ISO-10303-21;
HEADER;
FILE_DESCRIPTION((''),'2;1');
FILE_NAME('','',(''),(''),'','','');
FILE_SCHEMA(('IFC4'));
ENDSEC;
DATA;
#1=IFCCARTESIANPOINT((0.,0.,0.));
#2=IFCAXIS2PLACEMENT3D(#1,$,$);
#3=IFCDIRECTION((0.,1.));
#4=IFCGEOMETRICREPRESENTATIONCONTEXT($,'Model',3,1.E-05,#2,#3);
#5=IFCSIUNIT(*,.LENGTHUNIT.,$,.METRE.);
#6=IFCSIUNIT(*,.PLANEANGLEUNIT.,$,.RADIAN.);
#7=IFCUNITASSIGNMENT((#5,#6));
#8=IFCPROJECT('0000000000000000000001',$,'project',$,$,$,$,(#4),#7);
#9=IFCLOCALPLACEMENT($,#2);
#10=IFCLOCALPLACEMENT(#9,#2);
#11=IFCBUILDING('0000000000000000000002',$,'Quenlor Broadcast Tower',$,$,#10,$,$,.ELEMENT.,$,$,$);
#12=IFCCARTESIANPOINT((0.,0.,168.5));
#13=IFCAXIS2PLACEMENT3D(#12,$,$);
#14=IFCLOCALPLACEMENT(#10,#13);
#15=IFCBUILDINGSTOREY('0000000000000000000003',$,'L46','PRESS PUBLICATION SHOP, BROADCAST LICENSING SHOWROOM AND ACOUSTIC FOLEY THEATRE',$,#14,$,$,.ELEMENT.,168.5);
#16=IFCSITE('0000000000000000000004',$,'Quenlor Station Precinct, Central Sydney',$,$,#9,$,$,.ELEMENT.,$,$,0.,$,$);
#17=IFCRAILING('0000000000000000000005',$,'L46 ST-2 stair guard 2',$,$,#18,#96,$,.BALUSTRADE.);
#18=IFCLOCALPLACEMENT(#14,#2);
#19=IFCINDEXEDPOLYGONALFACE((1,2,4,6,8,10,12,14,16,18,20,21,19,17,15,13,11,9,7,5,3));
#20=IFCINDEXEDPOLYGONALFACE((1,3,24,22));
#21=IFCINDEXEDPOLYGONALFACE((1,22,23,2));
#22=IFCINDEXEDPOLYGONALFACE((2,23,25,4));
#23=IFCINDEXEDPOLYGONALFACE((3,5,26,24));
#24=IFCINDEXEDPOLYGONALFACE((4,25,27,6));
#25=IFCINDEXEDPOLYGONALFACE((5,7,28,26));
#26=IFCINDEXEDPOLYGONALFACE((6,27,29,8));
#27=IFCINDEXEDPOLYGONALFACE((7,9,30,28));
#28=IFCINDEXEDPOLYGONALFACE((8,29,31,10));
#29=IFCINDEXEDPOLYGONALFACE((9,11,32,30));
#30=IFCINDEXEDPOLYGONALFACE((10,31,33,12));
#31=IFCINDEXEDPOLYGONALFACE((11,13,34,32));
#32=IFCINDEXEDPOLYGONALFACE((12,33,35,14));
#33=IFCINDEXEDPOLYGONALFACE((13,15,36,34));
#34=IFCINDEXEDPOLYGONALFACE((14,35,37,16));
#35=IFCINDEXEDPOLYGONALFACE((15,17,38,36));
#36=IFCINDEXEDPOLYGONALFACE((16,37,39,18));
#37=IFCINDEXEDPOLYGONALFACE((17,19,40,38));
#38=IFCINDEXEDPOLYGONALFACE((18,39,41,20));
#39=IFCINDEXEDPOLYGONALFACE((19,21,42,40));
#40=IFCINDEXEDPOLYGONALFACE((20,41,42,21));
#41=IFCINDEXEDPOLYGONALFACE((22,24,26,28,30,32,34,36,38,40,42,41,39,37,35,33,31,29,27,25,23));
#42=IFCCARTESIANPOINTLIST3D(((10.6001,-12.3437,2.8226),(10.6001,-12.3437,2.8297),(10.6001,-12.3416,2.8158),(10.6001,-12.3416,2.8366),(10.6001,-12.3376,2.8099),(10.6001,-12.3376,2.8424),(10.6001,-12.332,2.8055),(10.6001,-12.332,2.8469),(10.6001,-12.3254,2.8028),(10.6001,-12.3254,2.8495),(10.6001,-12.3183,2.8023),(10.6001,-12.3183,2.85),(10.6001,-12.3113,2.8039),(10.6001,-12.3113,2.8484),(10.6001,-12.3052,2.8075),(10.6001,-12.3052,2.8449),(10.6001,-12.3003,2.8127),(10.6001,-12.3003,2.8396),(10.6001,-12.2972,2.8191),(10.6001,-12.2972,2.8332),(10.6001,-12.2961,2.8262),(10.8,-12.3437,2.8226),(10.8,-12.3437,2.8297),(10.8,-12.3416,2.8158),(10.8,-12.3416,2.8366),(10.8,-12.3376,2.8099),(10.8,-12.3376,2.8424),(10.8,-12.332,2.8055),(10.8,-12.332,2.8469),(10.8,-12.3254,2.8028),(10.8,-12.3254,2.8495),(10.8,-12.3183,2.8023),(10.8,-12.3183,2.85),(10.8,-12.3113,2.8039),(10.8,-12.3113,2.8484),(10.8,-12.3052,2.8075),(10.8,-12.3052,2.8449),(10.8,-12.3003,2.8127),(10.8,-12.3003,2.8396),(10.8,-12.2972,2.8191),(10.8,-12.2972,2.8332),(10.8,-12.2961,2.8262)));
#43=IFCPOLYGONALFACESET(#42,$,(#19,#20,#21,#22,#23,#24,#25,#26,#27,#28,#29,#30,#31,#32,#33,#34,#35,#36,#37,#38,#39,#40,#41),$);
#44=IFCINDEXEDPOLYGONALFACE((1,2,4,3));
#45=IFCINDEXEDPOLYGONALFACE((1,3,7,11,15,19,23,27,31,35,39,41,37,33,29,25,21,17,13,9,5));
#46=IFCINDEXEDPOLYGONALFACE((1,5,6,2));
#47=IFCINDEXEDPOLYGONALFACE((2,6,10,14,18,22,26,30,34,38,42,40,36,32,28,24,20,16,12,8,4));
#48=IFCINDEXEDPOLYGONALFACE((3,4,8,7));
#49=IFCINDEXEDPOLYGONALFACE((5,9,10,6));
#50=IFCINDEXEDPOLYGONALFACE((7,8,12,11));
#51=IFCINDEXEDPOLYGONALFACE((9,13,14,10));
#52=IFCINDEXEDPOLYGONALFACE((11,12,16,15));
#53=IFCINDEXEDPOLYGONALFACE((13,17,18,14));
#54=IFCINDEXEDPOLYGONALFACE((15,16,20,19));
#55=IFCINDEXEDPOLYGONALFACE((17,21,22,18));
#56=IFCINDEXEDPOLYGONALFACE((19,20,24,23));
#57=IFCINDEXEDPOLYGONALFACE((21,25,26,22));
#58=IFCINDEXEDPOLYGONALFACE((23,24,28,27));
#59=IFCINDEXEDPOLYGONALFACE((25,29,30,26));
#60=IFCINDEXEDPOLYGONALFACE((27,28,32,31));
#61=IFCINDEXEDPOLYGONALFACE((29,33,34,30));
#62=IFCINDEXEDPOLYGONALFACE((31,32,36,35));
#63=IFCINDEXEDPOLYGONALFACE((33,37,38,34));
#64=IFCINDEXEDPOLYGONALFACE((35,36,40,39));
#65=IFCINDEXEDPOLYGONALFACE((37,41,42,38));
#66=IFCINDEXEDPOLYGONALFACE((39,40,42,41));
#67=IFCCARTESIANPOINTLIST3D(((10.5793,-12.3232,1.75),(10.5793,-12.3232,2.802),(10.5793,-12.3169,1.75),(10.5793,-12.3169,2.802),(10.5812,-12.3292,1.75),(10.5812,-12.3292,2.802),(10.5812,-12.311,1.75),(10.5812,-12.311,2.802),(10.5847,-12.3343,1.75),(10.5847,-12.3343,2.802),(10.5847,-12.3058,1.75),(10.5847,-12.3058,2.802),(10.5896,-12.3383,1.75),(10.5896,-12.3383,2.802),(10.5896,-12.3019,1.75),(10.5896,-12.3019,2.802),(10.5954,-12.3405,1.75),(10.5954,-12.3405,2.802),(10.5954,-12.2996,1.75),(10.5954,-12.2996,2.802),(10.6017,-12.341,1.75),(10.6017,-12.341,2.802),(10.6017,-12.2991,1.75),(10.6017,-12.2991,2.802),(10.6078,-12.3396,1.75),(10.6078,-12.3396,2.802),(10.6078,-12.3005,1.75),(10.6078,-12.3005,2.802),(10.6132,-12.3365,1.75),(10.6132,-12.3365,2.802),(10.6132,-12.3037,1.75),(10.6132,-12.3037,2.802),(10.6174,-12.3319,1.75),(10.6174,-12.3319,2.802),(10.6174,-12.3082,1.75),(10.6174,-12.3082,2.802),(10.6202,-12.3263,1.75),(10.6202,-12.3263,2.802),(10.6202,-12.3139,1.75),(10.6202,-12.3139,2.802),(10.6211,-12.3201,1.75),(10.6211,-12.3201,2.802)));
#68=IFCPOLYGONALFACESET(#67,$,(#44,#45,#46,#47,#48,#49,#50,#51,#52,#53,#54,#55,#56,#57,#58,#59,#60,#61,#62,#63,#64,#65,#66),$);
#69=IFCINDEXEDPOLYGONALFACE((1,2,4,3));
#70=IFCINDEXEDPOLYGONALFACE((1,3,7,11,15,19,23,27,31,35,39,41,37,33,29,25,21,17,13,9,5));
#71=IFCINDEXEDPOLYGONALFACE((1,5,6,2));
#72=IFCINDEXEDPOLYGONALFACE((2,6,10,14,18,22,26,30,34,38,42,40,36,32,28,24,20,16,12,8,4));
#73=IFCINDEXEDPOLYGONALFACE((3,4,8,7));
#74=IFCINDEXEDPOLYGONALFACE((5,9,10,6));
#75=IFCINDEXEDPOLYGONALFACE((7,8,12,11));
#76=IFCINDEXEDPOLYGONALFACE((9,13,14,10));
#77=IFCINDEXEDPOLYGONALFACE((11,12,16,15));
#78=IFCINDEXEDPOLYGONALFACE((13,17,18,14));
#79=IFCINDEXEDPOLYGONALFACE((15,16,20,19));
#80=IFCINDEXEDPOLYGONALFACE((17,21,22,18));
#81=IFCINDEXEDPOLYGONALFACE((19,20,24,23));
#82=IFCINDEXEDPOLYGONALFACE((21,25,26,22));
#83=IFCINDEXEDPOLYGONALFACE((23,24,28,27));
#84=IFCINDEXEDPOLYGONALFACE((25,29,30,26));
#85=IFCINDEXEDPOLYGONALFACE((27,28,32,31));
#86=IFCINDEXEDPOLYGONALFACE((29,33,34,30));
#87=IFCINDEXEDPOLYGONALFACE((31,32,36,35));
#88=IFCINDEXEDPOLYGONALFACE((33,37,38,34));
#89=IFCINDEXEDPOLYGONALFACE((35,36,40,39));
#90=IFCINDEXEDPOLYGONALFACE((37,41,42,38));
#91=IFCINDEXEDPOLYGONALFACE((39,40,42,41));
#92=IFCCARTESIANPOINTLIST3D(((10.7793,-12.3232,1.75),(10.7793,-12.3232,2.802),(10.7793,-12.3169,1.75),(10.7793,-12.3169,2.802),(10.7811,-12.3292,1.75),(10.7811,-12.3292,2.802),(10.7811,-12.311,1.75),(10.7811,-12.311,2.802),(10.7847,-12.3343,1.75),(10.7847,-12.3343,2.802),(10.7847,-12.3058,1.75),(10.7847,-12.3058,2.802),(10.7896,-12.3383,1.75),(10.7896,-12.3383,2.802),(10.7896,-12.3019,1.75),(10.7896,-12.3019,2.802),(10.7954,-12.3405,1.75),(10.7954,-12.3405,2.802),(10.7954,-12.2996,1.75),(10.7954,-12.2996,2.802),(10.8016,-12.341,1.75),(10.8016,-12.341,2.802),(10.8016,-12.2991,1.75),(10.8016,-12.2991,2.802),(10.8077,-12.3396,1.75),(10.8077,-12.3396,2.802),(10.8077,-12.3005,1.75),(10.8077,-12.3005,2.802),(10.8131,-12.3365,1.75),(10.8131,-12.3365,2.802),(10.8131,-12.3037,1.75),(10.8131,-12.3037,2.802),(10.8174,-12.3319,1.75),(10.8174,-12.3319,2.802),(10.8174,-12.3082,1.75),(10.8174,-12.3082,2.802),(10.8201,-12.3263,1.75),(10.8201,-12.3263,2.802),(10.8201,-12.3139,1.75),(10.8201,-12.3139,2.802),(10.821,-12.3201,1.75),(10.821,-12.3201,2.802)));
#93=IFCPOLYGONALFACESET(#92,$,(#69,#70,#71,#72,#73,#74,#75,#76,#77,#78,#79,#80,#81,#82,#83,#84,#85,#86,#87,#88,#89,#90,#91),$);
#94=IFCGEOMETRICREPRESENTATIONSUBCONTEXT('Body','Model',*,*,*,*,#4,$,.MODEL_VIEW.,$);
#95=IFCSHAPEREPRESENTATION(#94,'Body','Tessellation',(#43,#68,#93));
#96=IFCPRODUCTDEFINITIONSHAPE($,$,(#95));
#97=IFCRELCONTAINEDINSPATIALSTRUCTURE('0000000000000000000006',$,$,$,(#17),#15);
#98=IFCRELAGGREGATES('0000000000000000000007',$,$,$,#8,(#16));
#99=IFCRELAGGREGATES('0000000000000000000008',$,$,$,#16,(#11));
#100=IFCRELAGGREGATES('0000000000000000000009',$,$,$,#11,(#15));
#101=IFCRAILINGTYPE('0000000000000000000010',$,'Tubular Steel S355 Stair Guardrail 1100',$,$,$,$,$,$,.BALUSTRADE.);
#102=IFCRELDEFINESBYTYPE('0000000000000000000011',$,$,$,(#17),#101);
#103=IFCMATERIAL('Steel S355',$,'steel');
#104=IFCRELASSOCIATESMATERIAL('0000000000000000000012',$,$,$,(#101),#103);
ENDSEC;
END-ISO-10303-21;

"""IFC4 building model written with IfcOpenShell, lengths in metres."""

from ifc_helpers import new_model, si_unit, direction, frame, origin, origin_2d, place, context, subcontext, project, spatial, circle, extrude, material, type_object, element, save


model = new_model("IFC4")

# Units and contexts
model_context = context("Model", 3, precision=1e-05, world=origin(), true_north=direction((0.0, 1.0)))
body_context = subcontext(model_context, "Body", "Model", "MODEL_VIEW")
ifc_project = project(units=[si_unit("LENGTHUNIT", "METRE"), si_unit("PLANEANGLEUNIT", "RADIAN")], contexts=[model_context])

# Site, building, storey
site_placement = place(None, origin())
site = spatial("IfcSite", under=ifc_project, at=site_placement, Name="Quenlor Station Precinct, Central Sydney", CompositionType="ELEMENT", RefElevation=0.0)
building_placement = place(site_placement, origin())
building = spatial("IfcBuilding", under=site, at=building_placement, Name="Quenlor Broadcast Tower", CompositionType="ELEMENT")
storey_placement = place(building_placement, frame((0.0, 0.0, 168.5)))
storey = spatial("IfcBuildingStorey", under=building, at=storey_placement, Name="L46", Description="PRESS PUBLICATION SHOP, BROADCAST LICENSING SHOWROOM AND ACOUSTIC FOLEY THEATRE", CompositionType="ELEMENT", Elevation=168.5)

# Railing
ifc_material_1 = material(Name="Steel S355", Category="steel")
railing_type_1 = type_object("IfcRailingType", Name="Tubular Steel S355 Stair Guardrail 1100", PredefinedType="BALUSTRADE", material=ifc_material_1)
railing_1_placement = place(storey_placement, frame((10.6001, -12.3201, 1.75)))
element("IfcRailing", 1, at=railing_1_placement, inside=storey, type_object=railing_type_1, Name="L46 ST-2 stair guard 2", PredefinedType="BALUSTRADE", context=body_context, shape_type="SweptSolid", body=[
    extrude(circle(Radius=0.0239, at=origin_2d()), frame((0.0, 0.0, 1.0762), z_axis=(1.0, 0.0, 0.0), x_axis=(0.0, 1.0, 0.0)), (0.0, 0.0, 1.0), 0.2),
    extrude(circle(Radius=0.021, at=origin_2d()), origin(), (0.0, 0.0, 1.0), 1.052),
    extrude(circle(Radius=0.021, at=origin_2d()), frame((0.2, 0.0, 0.0)), (0.0, 0.0, 1.0), 1.052),
])

save(model, "model.ifc")
